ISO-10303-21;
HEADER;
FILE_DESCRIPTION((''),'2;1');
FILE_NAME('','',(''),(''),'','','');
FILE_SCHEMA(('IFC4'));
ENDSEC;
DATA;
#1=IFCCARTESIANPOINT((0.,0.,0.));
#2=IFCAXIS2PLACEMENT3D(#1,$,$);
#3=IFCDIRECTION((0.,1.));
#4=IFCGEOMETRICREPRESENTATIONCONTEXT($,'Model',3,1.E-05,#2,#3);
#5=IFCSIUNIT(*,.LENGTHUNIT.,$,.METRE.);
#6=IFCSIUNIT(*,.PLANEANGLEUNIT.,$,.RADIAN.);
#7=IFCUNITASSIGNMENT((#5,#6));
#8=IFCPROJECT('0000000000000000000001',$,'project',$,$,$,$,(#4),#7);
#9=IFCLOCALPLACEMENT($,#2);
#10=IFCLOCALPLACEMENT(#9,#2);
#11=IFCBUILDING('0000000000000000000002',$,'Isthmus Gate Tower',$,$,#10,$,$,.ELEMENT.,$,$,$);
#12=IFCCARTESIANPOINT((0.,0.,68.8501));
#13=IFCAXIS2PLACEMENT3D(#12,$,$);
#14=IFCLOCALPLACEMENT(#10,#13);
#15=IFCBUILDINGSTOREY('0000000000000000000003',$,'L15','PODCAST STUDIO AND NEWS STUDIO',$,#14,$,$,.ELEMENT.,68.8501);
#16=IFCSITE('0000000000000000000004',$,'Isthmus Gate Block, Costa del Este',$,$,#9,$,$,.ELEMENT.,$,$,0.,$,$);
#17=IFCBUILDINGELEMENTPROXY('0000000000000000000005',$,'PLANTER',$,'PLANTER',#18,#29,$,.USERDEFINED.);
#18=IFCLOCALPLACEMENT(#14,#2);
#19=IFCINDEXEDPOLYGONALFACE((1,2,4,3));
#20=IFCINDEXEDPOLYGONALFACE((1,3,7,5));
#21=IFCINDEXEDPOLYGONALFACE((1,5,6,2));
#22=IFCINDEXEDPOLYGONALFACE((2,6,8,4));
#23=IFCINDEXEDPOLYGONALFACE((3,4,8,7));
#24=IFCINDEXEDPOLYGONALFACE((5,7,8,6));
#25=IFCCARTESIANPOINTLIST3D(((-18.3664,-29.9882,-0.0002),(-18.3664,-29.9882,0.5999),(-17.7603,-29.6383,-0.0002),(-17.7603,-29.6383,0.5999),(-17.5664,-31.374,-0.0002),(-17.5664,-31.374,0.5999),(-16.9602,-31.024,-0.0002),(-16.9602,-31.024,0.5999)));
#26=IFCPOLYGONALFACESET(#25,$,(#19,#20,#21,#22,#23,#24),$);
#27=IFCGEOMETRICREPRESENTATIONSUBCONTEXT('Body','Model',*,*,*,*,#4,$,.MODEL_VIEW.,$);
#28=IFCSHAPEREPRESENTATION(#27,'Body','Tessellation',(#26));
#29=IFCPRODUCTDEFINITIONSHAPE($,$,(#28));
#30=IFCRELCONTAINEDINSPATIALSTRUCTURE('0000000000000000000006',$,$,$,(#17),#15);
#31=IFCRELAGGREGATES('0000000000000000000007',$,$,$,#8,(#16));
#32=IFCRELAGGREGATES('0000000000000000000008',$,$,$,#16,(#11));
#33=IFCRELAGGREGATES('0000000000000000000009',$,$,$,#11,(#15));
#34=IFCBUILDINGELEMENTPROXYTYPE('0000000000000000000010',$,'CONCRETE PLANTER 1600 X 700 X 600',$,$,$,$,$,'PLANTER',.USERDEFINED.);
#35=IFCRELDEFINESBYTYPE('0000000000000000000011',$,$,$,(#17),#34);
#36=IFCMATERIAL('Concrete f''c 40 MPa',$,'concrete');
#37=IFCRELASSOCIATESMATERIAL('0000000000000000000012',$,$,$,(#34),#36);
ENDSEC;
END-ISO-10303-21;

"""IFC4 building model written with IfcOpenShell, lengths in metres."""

from ifc_helpers import new_model, si_unit, direction, frame, origin, origin_2d, place, context, subcontext, project, spatial, rectangle, extrude, material, type_object, element, save


model = new_model("IFC4")

# Units and contexts
model_context = context("Model", 3, precision=1e-05, world=origin(), true_north=direction((0.0, 1.0)))
body_context = subcontext(model_context, "Body", "Model", "MODEL_VIEW")
ifc_project = project(units=[si_unit("LENGTHUNIT", "METRE"), si_unit("PLANEANGLEUNIT", "RADIAN")], contexts=[model_context])

# Site, building, storey
site_placement = place(None, origin())
site = spatial("IfcSite", under=ifc_project, at=site_placement, Name="Isthmus Gate Block, Costa del Este", CompositionType="ELEMENT", RefElevation=0.0)
building_placement = place(site_placement, origin())
building = spatial("IfcBuilding", under=site, at=building_placement, Name="Isthmus Gate Tower", CompositionType="ELEMENT")
storey_placement = place(building_placement, frame((0.0, 0.0, 68.8501)))
storey = spatial("IfcBuildingStorey", under=building, at=storey_placement, Name="L15", Description="PODCAST STUDIO AND NEWS STUDIO", CompositionType="ELEMENT", Elevation=68.8501)

# Building element proxy
ifc_material_1 = material(Name="Concrete f'c 40 MPa", Category="concrete")
building_element_proxy_type = type_object("IfcBuildingElementProxyType", Name="CONCRETE PLANTER 1600 X 700 X 600", ElementType="PLANTER", PredefinedType="USERDEFINED", material=ifc_material_1)
for number, where, z_axis, x_axis, name in (
    (1, (-17.6633, -30.5061, -0.0002), (0.0, 0.0, 1.0), (0.5, -0.866025, 0.0), "PLANTER"),
):
    element("IfcBuildingElementProxy", number, at=place(storey_placement, frame(where, z_axis=z_axis, x_axis=x_axis)), inside=storey, type_object=building_element_proxy_type, Name=name, ObjectType="PLANTER", PredefinedType="USERDEFINED", context=body_context, shape_type="SweptSolid", body=[
        extrude(rectangle(XDim=1.6001, YDim=0.7, at=origin_2d()), origin(), (0.0, 0.0, 1.0), 0.6001),
    ])

save(model, "model.ifc")
